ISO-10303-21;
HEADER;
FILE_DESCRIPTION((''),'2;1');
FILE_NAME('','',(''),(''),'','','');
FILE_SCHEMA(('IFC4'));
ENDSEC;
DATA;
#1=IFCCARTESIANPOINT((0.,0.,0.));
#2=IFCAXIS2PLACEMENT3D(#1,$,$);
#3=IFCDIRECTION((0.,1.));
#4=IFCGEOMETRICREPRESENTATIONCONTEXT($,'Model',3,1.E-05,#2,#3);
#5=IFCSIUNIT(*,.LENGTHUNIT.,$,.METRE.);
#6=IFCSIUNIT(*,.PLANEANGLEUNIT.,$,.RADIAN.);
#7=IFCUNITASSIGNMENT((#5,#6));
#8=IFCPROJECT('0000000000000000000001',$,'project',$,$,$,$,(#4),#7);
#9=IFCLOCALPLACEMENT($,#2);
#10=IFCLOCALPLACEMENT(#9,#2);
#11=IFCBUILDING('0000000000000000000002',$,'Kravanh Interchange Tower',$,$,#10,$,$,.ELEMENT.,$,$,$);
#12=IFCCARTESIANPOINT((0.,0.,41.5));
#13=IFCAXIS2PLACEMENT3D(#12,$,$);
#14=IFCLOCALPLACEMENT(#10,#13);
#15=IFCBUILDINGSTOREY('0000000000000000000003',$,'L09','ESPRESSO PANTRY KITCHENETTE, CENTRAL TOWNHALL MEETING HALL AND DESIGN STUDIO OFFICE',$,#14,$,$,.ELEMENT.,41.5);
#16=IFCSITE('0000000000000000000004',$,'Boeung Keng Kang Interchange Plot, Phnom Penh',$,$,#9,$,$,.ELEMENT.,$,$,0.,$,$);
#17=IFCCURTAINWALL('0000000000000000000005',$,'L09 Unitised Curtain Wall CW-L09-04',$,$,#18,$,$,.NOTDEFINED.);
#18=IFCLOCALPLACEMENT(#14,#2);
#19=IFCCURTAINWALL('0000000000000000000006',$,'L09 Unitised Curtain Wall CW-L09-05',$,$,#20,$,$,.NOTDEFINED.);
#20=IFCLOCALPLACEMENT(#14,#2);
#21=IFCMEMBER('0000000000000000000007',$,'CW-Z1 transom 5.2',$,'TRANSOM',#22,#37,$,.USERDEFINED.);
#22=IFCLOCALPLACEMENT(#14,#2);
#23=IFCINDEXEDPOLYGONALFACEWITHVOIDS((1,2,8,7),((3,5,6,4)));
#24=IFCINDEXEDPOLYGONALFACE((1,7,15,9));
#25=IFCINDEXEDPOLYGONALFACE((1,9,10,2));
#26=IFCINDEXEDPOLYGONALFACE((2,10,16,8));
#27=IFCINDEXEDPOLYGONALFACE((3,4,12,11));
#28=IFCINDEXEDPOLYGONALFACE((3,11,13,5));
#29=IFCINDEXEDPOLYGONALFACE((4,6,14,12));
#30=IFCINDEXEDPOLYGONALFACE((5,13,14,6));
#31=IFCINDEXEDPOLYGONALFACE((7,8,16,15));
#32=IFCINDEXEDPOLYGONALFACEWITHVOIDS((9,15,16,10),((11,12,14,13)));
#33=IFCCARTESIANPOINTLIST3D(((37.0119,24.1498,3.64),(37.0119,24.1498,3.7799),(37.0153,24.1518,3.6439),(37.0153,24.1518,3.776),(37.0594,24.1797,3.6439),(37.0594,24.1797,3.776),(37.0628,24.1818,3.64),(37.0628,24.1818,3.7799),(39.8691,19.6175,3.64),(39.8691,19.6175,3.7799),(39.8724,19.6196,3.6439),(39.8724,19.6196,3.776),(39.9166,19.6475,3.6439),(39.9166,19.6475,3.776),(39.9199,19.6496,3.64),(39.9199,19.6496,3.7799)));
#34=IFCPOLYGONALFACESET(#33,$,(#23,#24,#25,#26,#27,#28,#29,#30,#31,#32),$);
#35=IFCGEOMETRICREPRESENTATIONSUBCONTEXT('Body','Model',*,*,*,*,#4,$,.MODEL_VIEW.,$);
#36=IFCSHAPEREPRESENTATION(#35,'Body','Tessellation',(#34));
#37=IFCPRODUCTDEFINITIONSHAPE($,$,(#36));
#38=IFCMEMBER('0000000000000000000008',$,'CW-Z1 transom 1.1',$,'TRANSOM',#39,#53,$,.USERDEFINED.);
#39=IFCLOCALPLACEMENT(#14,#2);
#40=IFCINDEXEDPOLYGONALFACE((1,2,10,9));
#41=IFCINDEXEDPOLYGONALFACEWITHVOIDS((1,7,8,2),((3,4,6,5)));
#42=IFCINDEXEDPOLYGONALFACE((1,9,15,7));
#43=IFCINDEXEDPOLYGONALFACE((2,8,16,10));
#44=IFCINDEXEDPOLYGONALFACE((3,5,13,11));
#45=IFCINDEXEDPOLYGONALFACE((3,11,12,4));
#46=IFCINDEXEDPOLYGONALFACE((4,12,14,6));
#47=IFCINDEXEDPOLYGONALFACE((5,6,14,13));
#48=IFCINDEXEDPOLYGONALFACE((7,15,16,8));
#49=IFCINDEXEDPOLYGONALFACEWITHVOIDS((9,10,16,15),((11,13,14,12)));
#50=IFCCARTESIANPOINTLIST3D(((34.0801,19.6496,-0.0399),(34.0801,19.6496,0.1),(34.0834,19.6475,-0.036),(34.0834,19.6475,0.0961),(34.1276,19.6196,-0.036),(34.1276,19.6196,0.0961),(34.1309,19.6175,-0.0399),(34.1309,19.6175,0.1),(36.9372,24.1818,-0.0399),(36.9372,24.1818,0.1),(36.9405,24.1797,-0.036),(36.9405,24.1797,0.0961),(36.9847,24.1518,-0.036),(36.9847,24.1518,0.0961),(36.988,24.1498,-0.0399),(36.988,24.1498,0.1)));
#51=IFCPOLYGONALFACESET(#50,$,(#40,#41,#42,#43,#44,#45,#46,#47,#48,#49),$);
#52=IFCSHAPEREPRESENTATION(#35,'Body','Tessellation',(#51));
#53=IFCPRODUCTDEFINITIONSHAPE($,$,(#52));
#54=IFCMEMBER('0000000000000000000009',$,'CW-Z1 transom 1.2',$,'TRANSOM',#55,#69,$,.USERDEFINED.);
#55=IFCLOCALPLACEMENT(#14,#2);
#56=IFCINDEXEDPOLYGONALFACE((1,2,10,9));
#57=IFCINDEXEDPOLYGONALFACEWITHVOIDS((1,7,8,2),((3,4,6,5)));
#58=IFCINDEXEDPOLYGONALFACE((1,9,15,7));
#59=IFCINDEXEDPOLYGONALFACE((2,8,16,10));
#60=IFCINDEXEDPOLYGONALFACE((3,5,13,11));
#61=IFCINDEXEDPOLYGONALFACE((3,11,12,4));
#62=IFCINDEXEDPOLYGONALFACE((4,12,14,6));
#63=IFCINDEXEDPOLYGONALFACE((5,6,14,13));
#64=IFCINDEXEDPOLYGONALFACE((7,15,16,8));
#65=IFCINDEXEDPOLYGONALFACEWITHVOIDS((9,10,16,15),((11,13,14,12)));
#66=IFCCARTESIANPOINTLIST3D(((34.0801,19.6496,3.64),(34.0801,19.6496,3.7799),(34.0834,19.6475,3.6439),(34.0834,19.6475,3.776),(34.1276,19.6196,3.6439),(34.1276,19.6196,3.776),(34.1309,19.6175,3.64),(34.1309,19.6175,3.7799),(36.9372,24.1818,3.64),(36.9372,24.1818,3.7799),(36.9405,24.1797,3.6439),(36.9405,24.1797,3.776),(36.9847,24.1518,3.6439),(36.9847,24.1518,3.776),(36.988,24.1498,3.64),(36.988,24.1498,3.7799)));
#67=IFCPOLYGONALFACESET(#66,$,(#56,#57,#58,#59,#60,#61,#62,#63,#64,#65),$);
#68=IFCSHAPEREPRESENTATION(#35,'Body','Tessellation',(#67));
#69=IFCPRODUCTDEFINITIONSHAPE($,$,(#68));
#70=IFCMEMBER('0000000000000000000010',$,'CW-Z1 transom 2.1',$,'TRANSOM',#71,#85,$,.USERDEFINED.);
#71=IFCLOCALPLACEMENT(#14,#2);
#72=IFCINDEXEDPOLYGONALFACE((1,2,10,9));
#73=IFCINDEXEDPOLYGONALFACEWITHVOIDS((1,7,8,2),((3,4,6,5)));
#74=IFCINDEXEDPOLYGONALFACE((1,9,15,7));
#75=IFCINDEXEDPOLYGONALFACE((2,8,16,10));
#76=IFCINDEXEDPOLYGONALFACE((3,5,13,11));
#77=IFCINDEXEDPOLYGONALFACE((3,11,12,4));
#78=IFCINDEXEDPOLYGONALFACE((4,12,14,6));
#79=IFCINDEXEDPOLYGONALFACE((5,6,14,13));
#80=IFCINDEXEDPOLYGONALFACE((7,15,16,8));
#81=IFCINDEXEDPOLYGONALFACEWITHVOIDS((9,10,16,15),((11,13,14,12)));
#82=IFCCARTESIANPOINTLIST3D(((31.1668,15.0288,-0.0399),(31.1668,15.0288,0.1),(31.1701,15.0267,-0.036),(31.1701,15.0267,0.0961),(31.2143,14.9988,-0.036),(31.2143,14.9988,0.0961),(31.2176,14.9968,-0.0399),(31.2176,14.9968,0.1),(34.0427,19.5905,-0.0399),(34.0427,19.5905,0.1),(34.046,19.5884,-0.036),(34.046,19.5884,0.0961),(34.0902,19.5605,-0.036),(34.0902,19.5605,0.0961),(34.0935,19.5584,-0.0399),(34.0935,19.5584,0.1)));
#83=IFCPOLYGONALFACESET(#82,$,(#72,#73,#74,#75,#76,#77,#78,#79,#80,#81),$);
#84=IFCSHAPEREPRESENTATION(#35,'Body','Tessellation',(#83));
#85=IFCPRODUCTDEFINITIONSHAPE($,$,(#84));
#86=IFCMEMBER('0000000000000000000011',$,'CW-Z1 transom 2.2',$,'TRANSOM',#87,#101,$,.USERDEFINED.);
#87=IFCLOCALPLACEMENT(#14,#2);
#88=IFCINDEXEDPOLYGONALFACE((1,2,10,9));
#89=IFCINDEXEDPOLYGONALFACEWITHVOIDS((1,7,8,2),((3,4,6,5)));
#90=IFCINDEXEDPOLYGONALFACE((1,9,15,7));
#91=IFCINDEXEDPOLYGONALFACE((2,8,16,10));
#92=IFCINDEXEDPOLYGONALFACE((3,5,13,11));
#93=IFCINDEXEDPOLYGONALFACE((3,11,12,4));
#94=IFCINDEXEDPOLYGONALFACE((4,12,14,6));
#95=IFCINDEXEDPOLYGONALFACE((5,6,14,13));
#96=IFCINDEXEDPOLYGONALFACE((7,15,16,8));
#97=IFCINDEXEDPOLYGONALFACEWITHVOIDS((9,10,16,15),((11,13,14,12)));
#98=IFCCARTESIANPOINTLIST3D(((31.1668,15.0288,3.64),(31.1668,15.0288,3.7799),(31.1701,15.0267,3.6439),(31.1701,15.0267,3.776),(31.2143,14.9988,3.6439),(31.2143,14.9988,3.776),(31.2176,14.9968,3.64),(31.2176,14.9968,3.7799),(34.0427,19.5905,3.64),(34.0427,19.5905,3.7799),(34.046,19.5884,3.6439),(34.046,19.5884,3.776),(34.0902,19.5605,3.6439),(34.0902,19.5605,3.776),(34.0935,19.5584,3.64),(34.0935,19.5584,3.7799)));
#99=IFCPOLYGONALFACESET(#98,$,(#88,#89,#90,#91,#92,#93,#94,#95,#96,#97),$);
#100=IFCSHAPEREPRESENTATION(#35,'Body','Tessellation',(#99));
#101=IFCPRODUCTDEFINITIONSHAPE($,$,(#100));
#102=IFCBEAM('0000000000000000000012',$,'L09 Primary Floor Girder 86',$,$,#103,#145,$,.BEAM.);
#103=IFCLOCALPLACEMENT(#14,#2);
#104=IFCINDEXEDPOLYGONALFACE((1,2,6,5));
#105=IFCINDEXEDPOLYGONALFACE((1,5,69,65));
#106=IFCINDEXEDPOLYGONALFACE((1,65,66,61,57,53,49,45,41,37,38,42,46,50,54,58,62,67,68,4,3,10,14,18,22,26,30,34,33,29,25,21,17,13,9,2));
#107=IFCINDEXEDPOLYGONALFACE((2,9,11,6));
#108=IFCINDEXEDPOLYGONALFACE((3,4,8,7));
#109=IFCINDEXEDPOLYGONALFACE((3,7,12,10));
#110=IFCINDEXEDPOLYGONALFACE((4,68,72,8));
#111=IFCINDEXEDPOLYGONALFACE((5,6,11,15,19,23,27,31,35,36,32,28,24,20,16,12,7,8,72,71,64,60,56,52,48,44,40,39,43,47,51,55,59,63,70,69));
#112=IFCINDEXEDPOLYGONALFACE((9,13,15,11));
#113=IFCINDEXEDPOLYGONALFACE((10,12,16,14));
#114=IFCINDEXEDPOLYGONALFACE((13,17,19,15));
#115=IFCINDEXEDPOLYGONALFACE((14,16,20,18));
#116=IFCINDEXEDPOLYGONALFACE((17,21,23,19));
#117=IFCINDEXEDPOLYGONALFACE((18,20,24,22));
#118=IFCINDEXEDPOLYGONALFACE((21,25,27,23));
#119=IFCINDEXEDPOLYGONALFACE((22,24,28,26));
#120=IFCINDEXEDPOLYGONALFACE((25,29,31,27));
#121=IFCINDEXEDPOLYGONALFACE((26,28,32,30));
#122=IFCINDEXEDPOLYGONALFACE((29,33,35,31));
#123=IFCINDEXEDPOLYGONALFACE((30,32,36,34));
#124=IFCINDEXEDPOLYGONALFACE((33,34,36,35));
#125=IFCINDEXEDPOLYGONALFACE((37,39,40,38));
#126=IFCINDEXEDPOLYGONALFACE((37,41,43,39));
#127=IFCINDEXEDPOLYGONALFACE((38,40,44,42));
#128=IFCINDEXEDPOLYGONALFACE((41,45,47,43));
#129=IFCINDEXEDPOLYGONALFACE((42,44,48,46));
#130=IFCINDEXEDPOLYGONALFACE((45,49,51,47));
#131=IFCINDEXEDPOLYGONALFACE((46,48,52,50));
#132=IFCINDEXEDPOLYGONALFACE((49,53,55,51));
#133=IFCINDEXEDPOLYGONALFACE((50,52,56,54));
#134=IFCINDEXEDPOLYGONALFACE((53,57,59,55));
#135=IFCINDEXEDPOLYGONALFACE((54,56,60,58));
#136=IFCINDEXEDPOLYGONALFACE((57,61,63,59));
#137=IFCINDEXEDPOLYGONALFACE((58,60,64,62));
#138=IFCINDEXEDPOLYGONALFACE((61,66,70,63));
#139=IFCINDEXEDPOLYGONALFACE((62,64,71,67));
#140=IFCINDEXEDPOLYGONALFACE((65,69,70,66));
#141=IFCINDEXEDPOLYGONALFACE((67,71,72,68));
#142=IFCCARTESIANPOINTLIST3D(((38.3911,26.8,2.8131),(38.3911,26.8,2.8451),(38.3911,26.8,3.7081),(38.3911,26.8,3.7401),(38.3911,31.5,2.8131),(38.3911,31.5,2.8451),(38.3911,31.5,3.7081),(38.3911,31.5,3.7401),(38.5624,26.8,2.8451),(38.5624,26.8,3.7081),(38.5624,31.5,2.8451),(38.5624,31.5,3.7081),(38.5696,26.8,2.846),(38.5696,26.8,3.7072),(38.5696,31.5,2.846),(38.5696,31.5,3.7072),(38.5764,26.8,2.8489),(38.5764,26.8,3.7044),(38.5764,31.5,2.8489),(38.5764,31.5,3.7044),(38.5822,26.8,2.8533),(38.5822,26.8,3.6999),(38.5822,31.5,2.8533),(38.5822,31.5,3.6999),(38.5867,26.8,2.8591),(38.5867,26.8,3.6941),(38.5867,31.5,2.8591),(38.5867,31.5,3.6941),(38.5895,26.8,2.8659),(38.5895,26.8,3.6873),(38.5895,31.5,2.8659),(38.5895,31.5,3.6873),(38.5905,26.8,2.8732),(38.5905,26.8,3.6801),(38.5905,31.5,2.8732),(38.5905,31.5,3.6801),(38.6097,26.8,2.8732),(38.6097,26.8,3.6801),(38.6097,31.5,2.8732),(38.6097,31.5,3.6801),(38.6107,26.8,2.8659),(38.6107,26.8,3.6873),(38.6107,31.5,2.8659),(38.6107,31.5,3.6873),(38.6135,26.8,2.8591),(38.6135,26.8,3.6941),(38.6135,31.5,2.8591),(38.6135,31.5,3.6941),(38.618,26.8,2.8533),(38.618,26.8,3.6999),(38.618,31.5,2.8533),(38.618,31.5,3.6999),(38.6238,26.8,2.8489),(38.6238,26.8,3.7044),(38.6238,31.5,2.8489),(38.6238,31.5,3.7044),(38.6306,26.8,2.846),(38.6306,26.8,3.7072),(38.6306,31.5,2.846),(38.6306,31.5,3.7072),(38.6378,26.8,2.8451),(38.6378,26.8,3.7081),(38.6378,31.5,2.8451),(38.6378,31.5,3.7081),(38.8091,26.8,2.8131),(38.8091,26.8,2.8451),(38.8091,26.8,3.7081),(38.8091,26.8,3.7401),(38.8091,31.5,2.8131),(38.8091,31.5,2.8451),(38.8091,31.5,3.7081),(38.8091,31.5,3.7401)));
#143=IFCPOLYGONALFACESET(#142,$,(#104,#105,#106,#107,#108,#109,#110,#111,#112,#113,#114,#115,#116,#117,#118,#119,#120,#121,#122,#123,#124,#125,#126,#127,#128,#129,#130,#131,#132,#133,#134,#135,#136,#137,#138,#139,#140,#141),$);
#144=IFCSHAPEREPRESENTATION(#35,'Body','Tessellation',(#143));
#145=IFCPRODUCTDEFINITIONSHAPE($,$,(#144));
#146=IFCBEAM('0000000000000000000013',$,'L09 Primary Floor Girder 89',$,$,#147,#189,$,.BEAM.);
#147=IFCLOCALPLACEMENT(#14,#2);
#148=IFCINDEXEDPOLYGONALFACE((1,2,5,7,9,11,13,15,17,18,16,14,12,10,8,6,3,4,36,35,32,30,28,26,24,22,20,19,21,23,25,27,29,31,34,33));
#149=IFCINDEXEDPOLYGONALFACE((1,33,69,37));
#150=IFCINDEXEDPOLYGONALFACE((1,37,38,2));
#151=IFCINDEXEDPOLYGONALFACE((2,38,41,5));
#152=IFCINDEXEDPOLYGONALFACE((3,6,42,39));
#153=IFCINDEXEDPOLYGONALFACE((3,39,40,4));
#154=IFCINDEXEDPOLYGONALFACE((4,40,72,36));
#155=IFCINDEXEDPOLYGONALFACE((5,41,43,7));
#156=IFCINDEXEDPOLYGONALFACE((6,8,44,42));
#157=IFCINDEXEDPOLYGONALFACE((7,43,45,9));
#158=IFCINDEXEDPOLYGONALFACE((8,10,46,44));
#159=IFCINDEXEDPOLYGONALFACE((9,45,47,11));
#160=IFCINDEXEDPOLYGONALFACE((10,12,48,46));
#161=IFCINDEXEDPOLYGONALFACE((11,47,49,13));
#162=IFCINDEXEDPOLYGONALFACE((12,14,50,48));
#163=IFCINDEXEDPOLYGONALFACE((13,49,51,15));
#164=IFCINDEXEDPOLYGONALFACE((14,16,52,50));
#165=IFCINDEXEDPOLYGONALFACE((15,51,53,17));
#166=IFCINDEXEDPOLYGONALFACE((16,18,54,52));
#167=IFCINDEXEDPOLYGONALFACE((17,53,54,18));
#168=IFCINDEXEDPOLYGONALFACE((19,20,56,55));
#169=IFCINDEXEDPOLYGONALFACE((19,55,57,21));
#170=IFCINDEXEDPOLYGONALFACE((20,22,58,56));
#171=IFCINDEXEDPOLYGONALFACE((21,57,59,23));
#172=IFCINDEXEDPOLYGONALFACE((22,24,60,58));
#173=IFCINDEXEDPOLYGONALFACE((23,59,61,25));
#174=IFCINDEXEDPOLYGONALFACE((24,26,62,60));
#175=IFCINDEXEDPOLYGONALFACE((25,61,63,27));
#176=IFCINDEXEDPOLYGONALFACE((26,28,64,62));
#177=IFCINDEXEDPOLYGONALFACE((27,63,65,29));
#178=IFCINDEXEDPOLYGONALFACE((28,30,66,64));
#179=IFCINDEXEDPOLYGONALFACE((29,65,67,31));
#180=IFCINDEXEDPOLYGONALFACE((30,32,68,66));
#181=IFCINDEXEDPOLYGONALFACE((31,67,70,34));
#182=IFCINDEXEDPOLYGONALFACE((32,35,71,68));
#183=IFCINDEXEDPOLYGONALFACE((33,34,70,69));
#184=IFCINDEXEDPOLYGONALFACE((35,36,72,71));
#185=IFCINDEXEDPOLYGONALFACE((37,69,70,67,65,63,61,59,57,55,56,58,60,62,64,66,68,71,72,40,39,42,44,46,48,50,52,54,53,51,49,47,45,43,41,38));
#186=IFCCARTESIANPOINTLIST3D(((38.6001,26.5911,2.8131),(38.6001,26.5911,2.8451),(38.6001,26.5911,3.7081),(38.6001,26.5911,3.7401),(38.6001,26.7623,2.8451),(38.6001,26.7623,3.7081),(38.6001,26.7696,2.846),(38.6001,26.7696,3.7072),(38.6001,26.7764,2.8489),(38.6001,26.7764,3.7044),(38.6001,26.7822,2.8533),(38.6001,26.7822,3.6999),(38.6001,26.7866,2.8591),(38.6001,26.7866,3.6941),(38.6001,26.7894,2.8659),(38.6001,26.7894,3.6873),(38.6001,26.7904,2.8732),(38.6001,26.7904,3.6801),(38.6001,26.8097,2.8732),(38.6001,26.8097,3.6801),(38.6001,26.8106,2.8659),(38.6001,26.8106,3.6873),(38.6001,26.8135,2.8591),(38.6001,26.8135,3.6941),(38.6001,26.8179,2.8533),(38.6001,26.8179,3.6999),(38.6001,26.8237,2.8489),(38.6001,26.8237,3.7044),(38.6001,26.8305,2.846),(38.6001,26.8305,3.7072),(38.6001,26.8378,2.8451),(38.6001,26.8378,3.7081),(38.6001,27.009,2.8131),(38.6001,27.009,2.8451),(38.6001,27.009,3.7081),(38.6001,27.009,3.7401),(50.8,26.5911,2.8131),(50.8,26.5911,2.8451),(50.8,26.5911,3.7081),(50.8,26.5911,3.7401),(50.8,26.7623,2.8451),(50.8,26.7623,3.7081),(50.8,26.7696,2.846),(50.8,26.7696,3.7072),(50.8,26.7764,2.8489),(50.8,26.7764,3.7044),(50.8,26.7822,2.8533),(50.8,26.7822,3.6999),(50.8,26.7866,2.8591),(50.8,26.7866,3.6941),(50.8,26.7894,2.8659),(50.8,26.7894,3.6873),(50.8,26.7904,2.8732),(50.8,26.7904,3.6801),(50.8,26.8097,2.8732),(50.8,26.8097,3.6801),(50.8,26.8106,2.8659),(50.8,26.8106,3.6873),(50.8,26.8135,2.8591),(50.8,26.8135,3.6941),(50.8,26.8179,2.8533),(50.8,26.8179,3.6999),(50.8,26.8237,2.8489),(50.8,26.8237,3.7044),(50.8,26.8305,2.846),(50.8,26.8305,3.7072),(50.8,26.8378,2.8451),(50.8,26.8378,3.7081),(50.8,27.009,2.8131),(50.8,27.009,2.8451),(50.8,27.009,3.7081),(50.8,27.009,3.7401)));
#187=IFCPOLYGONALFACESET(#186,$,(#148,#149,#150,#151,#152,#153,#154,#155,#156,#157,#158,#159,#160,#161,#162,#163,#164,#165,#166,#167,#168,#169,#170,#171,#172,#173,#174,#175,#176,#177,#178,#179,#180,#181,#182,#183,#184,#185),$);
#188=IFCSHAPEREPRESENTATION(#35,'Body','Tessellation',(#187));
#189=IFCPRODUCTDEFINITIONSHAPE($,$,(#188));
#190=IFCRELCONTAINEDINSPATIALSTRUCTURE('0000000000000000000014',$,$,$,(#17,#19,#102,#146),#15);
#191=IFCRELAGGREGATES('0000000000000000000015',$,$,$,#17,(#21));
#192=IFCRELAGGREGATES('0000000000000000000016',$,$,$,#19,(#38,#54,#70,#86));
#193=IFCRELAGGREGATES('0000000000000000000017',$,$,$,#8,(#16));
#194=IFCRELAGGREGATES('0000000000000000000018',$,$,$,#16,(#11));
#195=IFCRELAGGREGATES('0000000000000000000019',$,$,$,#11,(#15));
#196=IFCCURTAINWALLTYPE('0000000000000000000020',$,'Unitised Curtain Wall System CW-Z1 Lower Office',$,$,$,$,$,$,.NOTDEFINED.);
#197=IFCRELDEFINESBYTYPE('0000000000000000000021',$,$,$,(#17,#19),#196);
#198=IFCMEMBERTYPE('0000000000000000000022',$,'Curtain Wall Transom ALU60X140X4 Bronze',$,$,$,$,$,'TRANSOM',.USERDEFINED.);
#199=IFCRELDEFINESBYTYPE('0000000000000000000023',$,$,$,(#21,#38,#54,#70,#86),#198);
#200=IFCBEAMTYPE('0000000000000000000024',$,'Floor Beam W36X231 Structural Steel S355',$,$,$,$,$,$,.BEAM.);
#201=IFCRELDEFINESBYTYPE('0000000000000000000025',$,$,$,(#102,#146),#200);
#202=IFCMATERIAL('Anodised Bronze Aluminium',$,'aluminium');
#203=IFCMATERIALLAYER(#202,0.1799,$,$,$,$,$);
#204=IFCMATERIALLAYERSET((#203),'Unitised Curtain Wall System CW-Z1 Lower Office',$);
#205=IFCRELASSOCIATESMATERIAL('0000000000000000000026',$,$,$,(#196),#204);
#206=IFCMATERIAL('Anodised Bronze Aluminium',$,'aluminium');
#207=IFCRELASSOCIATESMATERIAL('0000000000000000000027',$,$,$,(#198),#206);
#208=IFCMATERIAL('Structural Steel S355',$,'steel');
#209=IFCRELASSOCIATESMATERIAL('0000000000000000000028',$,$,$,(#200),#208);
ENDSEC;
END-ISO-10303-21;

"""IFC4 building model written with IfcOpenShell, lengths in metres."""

from ifc_helpers import new_model, si_unit, direction, frame, origin, origin_2d, place, context, subcontext, project, spatial, hollow_rectangle, i_section, extrude, material, layer, layer_set, material_profile, profile_set, type_object, element, aggregate, save


model = new_model("IFC4")

# Units and contexts
model_context = context("Model", 3, precision=1e-05, world=origin(), true_north=direction((0.0, 1.0)))
body_context = subcontext(model_context, "Body", "Model", "MODEL_VIEW")
ifc_project = project(units=[si_unit("LENGTHUNIT", "METRE"), si_unit("PLANEANGLEUNIT", "RADIAN")], contexts=[model_context])

# Site, building, storey
site_placement = place(None, origin())
site = spatial("IfcSite", under=ifc_project, at=site_placement, Name="Boeung Keng Kang Interchange Plot, Phnom Penh", CompositionType="ELEMENT", RefElevation=0.0)
building_placement = place(site_placement, origin())
building = spatial("IfcBuilding", under=site, at=building_placement, Name="Kravanh Interchange Tower", CompositionType="ELEMENT")
storey_placement = place(building_placement, frame((0.0, 0.0, 41.5)))
storey = spatial("IfcBuildingStorey", under=building, at=storey_placement, Name="L09", Description="ESPRESSO PANTRY KITCHENETTE, CENTRAL TOWNHALL MEETING HALL AND DESIGN STUDIO OFFICE", CompositionType="ELEMENT", Elevation=41.5)

# Curtain walls
ifc_material_1 = material(Name="Anodised Bronze Aluminium", Category="aluminium")
ifc_layer_1 = layer(ifc_material_1, 0.1799)
ifc_layer_set_1 = layer_set([ifc_layer_1], Name="Unitised Curtain Wall System CW-Z1 Lower Office")
curtain_wall_type = type_object("IfcCurtainWallType", Name="Unitised Curtain Wall System CW-Z1 Lower Office", PredefinedType="NOTDEFINED", material=ifc_layer_set_1)
curtain_wall_1_placement = place(storey_placement, origin())
curtain_wall_1 = element("IfcCurtainWall", 1, at=curtain_wall_1_placement, inside=storey, type_object=curtain_wall_type, Name="L09 Unitised Curtain Wall CW-L09-04", PredefinedType="NOTDEFINED")
curtain_wall_2_placement = place(storey_placement, origin())
curtain_wall_2 = element("IfcCurtainWall", 2, at=curtain_wall_2_placement, inside=storey, type_object=curtain_wall_type, Name="L09 Unitised Curtain Wall CW-L09-05", PredefinedType="NOTDEFINED")

# Members
ifc_material_2 = material(Name="Anodised Bronze Aluminium", Category="aluminium")
ifc_material_profile_1 = material_profile(ifc_material_2, hollow_rectangle(XDim=0.0601, YDim=0.1399, WallThickness=0.0039, at=origin_2d()), Name="ALU60X140X4")
ifc_profile_set_1 = profile_set([ifc_material_profile_1], Name="Anodised Bronze Aluminium")
member_type_1 = type_object("IfcMemberType", Name="Curtain Wall Transom ALU60X140X4 Bronze", ElementType="TRANSOM", PredefinedType="USERDEFINED", material=ifc_profile_set_1)
member_1_placement = place(storey_placement, frame((39.8945, 19.6335, 3.71), z_axis=(-0.533288, 0.845934, 0.0), x_axis=(-0.845934, -0.533288, 0.0)))
member_1 = element("IfcMember", 3, at=member_1_placement, type_object=member_type_1, Name="CW-Z1 transom 5.2", ObjectType="TRANSOM", PredefinedType="USERDEFINED", context=body_context, shape_type="SweptSolid", body=[
    extrude(hollow_rectangle(XDim=0.0601, YDim=0.1399, WallThickness=0.0039, at=origin_2d()), origin(), (0.0, 0.0, 1.0), 5.3577),
])
member_2_placement = place(storey_placement, frame((36.9626, 24.1658, 0.03), z_axis=(-0.533288, -0.845934, 0.0), x_axis=(0.845934, -0.533288, 0.0)))
member_2 = element("IfcMember", 4, at=member_2_placement, type_object=member_type_1, Name="CW-Z1 transom 1.1", ObjectType="TRANSOM", PredefinedType="USERDEFINED", context=body_context, shape_type="SweptSolid", body=[
    extrude(hollow_rectangle(XDim=0.0601, YDim=0.1399, WallThickness=0.0039, at=origin_2d()), origin(), (0.0, 0.0, 1.0), 5.3577),
])
member_3_placement = place(storey_placement, frame((36.9626, 24.1658, 3.71), z_axis=(-0.533288, -0.845934, 0.0), x_axis=(0.845934, -0.533288, 0.0)))
member_3 = element("IfcMember", 5, at=member_3_placement, type_object=member_type_1, Name="CW-Z1 transom 1.2", ObjectType="TRANSOM", PredefinedType="USERDEFINED", context=body_context, shape_type="SweptSolid", body=[
    extrude(hollow_rectangle(XDim=0.0601, YDim=0.1399, WallThickness=0.0039, at=origin_2d()), origin(), (0.0, 0.0, 1.0), 5.3577),
])
member_4_placement = place(storey_placement, frame((34.0681, 19.5745, 0.03), z_axis=(-0.533311, -0.845919, 0.0), x_axis=(0.845919, -0.533311, 0.0)))
member_4 = element("IfcMember", 6, at=member_4_placement, type_object=member_type_1, Name="CW-Z1 transom 2.1", ObjectType="TRANSOM", PredefinedType="USERDEFINED", context=body_context, shape_type="SweptSolid", body=[
    extrude(hollow_rectangle(XDim=0.0601, YDim=0.1399, WallThickness=0.0039, at=origin_2d()), origin(), (0.0, 0.0, 1.0), 5.3926),
])
member_5_placement = place(storey_placement, frame((34.0681, 19.5745, 3.71), z_axis=(-0.533311, -0.845919, 0.0), x_axis=(0.845919, -0.533311, 0.0)))
member_5 = element("IfcMember", 7, at=member_5_placement, type_object=member_type_1, Name="CW-Z1 transom 2.2", ObjectType="TRANSOM", PredefinedType="USERDEFINED", context=body_context, shape_type="SweptSolid", body=[
    extrude(hollow_rectangle(XDim=0.0601, YDim=0.1399, WallThickness=0.0039, at=origin_2d()), origin(), (0.0, 0.0, 1.0), 5.3926),
])

# Beams
ifc_material_3 = material(Name="Structural Steel S355", Category="steel")
ifc_material_profile_2 = material_profile(ifc_material_3, i_section(OverallWidth=0.418, OverallDepth=0.927, WebThickness=0.0193, FlangeThickness=0.032, FilletRadius=0.0281, at=origin_2d()), Name="W36X231")
ifc_profile_set_2 = profile_set([ifc_material_profile_2], Name="Structural Steel S355")
beam_type_1 = type_object("IfcBeamType", Name="Floor Beam W36X231 Structural Steel S355", PredefinedType="BEAM", material=ifc_profile_set_2)
beam_1_placement = place(storey_placement, frame((38.6001, 26.8, 3.2766), z_axis=(0.0, 1.0, 0.0), x_axis=(-1.0, 0.0, 0.0)))
element("IfcBeam", 8, at=beam_1_placement, inside=storey, type_object=beam_type_1, Name="L09 Primary Floor Girder 86", PredefinedType="BEAM", context=body_context, shape_type="SweptSolid", body=[
    extrude(i_section(OverallWidth=0.418, OverallDepth=0.927, WebThickness=0.0193, FlangeThickness=0.032, FilletRadius=0.0281, at=origin_2d()), origin(), (0.0, 0.0, 1.0), 4.7),
])
beam_2_placement = place(storey_placement, frame((38.6001, 26.8, 3.2766), z_axis=(1.0, 0.0, 0.0), x_axis=(0.0, 1.0, 0.0)))
element("IfcBeam", 9, at=beam_2_placement, inside=storey, type_object=beam_type_1, Name="L09 Primary Floor Girder 89", PredefinedType="BEAM", context=body_context, shape_type="SweptSolid", body=[
    extrude(i_section(OverallWidth=0.418, OverallDepth=0.927, WebThickness=0.0193, FlangeThickness=0.032, FilletRadius=0.0281, at=origin_2d()), origin(), (0.0, 0.0, 1.0), 12.2),
])

aggregate(curtain_wall_1, [member_1])
aggregate(curtain_wall_2, [member_2, member_3, member_4, member_5])

save(model, "model.ifc")
